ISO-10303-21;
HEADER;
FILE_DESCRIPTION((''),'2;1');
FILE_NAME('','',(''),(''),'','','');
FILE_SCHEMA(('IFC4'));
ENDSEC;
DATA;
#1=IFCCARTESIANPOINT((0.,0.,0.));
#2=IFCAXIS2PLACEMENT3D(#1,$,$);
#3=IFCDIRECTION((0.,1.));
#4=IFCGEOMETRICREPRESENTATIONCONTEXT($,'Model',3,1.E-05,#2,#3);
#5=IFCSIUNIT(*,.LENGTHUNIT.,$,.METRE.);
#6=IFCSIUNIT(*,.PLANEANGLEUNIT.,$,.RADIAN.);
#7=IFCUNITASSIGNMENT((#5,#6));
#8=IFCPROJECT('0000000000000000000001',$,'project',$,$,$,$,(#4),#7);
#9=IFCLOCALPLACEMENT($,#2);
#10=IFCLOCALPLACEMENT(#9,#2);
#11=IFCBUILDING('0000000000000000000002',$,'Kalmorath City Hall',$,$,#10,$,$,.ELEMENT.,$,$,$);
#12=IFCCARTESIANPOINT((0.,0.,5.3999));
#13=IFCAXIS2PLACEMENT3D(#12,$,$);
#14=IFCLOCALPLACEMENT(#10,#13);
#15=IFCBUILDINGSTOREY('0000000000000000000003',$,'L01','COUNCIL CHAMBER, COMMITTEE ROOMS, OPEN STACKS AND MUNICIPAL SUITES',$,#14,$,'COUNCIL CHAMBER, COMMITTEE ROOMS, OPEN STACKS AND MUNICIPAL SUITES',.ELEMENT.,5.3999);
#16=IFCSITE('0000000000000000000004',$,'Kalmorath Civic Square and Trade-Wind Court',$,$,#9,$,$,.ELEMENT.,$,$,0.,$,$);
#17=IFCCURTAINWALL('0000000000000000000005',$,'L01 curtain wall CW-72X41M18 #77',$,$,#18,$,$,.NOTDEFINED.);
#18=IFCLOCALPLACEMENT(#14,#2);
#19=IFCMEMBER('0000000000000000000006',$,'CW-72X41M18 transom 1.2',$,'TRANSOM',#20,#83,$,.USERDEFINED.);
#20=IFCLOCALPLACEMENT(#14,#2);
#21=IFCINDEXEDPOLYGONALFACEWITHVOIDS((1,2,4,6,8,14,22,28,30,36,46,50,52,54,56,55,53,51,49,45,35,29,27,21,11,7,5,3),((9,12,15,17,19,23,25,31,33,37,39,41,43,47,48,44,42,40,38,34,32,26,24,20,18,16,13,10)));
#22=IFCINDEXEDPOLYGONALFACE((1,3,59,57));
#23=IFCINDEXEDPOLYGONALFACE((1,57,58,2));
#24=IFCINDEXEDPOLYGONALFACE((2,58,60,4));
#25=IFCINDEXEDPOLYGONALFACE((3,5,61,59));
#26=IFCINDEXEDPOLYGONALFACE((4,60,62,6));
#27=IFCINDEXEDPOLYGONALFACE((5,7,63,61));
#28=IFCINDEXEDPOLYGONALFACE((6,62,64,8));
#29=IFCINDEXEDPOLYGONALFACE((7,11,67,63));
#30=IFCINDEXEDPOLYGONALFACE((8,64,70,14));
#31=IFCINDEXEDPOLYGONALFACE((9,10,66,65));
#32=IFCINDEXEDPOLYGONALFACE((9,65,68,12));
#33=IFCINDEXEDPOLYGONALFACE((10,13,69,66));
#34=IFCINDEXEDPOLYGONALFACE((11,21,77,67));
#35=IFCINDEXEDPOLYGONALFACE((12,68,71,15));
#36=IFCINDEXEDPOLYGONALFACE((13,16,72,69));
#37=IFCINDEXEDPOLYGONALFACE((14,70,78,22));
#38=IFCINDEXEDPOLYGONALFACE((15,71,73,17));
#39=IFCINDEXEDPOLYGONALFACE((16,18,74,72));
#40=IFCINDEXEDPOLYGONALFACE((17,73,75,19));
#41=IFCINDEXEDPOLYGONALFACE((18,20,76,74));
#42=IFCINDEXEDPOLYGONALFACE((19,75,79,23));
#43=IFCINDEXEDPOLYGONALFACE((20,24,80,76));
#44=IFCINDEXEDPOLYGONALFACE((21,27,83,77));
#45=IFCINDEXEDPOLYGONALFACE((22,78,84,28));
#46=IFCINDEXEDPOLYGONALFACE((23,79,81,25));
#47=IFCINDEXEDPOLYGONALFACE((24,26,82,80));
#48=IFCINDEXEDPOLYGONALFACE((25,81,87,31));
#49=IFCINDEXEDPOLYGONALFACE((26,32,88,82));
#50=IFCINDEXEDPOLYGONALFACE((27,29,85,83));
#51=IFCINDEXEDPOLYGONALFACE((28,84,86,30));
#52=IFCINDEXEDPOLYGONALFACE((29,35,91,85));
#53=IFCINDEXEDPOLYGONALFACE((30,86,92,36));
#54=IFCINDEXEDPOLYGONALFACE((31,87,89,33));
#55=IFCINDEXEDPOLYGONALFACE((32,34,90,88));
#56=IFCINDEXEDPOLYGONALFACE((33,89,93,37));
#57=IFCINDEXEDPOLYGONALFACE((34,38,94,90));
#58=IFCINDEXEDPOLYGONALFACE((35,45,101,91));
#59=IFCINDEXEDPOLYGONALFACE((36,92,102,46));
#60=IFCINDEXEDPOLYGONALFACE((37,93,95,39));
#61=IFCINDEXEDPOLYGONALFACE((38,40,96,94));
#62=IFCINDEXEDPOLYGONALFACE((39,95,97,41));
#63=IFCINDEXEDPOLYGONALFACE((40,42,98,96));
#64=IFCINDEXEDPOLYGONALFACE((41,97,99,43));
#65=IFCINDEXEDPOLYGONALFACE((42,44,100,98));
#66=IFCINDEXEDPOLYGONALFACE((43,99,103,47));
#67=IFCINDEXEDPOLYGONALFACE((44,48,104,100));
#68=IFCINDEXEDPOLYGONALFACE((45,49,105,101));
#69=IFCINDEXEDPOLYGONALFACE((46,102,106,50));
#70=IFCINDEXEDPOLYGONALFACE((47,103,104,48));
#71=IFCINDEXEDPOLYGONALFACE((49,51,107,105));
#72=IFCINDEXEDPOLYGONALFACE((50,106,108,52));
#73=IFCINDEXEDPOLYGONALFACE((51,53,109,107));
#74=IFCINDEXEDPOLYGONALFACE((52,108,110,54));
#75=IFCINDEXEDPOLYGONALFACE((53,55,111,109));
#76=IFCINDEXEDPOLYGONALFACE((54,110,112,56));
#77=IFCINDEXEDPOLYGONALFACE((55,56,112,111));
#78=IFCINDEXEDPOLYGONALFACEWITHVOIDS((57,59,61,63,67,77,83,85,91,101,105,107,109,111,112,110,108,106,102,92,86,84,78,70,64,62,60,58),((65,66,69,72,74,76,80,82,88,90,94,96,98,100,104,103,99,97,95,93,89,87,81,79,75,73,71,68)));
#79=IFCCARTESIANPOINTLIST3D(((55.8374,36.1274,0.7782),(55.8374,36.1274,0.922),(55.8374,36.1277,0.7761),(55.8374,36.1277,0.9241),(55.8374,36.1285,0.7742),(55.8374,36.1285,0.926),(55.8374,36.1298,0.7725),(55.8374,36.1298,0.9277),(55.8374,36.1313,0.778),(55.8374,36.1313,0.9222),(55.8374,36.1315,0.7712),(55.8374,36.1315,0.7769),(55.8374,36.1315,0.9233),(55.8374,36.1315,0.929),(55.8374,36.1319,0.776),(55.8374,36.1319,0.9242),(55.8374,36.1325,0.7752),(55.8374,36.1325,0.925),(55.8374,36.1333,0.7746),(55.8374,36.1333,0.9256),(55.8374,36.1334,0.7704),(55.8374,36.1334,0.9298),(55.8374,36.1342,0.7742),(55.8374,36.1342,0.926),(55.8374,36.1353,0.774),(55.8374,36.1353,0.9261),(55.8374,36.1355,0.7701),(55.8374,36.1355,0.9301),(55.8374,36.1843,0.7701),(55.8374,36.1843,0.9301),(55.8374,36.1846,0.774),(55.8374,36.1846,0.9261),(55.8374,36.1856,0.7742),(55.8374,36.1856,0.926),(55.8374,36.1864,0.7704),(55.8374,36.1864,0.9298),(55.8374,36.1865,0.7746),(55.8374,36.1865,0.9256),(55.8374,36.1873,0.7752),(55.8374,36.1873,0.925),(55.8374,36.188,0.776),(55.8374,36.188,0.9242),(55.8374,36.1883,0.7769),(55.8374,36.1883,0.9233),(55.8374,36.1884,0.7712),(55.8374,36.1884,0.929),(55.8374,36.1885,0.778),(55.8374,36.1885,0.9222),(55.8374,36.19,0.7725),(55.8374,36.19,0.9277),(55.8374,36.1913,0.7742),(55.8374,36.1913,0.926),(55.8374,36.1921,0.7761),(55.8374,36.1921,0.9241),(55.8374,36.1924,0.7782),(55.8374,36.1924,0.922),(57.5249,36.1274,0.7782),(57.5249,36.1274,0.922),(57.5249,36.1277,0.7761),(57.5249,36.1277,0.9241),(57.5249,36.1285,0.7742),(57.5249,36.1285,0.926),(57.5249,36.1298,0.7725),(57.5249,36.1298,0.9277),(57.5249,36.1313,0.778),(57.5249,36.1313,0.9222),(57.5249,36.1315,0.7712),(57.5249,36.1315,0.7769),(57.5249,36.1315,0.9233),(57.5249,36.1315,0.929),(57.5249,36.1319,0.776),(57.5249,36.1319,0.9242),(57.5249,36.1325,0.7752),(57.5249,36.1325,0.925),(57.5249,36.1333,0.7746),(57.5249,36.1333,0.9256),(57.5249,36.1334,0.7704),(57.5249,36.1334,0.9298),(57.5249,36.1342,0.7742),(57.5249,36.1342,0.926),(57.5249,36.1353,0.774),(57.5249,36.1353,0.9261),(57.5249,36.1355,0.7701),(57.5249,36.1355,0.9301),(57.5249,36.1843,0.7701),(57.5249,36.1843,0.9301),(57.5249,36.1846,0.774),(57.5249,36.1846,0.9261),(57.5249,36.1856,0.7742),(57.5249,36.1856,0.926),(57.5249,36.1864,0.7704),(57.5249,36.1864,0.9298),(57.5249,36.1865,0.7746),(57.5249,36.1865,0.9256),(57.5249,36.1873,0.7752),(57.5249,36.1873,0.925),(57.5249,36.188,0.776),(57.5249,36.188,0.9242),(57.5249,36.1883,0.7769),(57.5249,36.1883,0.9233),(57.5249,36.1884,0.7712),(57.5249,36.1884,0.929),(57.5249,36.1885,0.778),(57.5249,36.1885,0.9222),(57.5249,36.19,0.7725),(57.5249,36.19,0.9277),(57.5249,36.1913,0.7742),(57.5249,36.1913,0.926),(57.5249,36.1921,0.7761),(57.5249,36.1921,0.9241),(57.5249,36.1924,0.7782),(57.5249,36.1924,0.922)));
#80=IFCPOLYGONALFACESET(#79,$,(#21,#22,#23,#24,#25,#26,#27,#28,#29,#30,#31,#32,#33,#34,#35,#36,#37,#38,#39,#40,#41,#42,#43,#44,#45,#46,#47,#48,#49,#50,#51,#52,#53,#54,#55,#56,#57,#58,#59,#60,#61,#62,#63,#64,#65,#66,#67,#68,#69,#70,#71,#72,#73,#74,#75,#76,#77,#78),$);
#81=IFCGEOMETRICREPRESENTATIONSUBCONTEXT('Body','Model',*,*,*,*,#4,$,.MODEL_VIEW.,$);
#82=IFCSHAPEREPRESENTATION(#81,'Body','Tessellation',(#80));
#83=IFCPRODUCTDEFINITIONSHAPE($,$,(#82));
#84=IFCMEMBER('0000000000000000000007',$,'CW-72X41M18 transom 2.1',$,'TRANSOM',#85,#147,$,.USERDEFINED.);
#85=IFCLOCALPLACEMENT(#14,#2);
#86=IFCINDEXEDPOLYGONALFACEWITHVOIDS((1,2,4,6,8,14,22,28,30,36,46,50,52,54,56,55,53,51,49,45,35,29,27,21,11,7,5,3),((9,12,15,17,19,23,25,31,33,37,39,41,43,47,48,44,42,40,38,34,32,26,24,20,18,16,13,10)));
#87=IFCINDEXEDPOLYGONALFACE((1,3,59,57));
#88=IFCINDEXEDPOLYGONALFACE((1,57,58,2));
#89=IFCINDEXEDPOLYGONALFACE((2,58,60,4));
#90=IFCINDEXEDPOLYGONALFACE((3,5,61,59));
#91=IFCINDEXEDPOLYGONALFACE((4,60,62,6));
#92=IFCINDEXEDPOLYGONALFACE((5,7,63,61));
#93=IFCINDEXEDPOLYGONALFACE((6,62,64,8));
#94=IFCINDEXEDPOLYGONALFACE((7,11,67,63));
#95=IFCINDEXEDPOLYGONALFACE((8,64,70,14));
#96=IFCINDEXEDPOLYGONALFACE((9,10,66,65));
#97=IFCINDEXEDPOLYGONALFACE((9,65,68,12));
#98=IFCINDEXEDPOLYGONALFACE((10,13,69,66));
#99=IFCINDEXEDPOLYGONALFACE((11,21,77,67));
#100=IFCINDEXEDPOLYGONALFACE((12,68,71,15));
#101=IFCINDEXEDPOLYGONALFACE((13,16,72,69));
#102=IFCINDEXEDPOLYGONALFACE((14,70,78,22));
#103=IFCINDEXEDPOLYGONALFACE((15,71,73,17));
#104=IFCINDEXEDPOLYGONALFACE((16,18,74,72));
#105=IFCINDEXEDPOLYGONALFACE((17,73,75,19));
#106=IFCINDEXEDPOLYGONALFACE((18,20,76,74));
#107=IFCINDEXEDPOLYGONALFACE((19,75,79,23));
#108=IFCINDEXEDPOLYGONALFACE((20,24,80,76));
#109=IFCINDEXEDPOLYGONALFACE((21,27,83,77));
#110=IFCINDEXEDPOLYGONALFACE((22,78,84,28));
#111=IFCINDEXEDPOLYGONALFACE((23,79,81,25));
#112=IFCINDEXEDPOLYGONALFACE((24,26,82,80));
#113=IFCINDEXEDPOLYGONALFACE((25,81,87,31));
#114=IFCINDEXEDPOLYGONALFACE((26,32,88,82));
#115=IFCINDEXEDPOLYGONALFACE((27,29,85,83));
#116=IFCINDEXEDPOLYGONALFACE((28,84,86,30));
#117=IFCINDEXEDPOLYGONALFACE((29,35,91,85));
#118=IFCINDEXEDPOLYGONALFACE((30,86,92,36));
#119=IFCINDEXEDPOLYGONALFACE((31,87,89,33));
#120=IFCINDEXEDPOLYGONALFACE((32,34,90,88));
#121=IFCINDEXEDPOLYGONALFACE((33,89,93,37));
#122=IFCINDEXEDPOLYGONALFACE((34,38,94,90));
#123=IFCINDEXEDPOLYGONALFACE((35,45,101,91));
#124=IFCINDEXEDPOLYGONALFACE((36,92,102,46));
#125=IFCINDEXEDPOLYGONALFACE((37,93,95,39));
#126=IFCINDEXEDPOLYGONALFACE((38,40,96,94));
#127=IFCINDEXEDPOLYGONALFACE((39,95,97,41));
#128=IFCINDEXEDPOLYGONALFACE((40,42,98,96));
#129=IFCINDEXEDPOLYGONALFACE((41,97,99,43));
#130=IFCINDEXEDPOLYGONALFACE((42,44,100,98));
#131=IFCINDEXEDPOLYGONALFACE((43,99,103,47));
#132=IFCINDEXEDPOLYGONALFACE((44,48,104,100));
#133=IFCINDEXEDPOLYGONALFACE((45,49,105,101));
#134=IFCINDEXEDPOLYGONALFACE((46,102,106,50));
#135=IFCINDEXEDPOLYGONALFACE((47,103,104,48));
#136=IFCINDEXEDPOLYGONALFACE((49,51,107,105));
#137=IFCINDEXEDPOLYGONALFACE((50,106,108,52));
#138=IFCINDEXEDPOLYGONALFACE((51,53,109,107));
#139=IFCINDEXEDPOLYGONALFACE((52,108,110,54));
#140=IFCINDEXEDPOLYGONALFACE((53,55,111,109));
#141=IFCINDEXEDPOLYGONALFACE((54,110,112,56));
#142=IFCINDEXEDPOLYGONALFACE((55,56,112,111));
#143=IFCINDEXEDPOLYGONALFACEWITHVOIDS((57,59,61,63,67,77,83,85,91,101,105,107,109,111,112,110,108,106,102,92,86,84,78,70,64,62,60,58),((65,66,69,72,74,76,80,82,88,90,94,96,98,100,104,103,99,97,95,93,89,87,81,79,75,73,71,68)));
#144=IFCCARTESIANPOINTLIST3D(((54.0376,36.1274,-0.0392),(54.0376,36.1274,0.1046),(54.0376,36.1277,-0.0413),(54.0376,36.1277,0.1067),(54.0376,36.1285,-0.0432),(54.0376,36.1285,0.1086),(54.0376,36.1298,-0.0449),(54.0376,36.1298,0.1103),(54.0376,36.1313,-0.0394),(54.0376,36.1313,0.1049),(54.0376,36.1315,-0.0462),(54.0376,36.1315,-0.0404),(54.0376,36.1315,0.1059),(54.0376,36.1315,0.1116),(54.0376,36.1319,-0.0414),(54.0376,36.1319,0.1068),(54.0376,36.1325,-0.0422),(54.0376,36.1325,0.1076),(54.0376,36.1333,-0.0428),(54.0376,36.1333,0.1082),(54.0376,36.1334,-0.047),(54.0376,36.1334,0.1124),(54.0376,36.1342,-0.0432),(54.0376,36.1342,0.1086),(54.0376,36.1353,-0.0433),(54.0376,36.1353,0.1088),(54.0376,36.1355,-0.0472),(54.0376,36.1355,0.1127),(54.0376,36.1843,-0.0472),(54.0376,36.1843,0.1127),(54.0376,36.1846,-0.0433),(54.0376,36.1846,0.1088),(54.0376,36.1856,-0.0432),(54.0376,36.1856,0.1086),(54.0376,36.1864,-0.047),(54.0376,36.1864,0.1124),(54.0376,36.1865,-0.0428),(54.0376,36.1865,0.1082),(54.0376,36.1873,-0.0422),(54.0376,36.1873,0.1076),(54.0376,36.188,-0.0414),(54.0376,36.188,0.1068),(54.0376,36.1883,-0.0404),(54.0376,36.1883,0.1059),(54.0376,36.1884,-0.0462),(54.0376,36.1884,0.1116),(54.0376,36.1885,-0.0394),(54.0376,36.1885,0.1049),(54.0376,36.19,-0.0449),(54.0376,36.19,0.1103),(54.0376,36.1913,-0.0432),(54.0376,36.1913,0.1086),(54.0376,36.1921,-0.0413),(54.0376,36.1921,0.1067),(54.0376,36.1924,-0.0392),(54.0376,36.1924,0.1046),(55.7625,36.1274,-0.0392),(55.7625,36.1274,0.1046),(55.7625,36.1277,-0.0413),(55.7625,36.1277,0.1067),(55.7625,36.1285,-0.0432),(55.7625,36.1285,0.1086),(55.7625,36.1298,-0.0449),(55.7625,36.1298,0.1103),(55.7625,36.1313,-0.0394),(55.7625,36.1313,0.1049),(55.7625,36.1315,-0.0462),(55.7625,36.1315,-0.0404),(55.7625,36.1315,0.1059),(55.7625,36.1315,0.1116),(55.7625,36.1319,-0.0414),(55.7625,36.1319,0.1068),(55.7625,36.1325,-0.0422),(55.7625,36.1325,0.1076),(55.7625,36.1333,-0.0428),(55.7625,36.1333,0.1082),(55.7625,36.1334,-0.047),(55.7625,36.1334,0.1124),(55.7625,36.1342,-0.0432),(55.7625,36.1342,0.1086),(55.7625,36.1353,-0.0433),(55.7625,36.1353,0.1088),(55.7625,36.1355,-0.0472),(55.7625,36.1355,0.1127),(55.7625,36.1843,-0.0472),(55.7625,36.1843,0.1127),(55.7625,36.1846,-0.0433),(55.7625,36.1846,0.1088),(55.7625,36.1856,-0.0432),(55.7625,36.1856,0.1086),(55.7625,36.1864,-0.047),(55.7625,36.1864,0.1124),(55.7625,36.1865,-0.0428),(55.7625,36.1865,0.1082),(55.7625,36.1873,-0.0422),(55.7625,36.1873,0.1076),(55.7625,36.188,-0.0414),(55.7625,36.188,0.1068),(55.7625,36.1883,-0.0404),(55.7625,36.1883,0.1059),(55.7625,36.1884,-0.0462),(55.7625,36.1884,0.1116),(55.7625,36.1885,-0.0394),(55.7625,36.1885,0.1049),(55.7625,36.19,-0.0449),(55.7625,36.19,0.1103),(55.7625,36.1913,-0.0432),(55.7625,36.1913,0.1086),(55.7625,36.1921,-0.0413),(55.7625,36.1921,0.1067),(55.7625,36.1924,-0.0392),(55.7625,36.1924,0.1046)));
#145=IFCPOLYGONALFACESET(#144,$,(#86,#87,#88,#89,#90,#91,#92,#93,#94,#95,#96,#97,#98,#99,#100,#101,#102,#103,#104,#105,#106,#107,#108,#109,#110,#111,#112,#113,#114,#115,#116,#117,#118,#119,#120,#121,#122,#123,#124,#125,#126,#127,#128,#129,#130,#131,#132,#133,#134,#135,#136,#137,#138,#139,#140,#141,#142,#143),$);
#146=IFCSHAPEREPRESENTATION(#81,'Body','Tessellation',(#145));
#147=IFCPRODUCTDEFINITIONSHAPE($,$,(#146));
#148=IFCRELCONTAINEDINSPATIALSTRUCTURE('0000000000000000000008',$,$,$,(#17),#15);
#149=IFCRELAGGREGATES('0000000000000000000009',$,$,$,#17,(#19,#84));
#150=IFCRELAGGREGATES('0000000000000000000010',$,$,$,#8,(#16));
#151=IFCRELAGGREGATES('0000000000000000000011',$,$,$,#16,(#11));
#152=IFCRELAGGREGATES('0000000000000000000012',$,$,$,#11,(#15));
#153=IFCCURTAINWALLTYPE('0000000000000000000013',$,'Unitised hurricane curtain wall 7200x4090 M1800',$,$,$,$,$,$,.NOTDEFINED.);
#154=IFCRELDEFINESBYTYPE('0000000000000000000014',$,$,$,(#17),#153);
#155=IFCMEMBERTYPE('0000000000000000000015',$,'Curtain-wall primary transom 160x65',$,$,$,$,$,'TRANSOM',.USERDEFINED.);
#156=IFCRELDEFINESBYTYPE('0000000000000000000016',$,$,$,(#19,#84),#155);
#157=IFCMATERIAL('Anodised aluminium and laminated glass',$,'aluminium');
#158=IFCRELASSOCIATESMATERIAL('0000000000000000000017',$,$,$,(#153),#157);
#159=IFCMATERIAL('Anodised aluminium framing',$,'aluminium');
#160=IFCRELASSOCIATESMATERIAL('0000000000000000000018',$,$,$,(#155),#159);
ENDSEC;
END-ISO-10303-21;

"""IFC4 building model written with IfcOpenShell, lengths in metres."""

from ifc_helpers import new_model, si_unit, direction, frame, origin, origin_2d, place, context, subcontext, project, spatial, hollow_rectangle, extrude, material, material_profile, profile_set, type_object, element, aggregate, save


model = new_model("IFC4")

# Units and contexts
model_context = context("Model", 3, precision=1e-05, world=origin(), true_north=direction((0.0, 1.0)))
body_context = subcontext(model_context, "Body", "Model", "MODEL_VIEW")
ifc_project = project(units=[si_unit("LENGTHUNIT", "METRE"), si_unit("PLANEANGLEUNIT", "RADIAN")], contexts=[model_context])

# Site, building, storey
site_placement = place(None, origin())
site = spatial("IfcSite", under=ifc_project, at=site_placement, Name="Kalmorath Civic Square and Trade-Wind Court", CompositionType="ELEMENT", RefElevation=0.0)
building_placement = place(site_placement, origin())
building = spatial("IfcBuilding", under=site, at=building_placement, Name="Kalmorath City Hall", CompositionType="ELEMENT")
storey_placement = place(building_placement, frame((0.0, 0.0, 5.3999)))
storey = spatial("IfcBuildingStorey", under=building, at=storey_placement, Name="L01", Description="COUNCIL CHAMBER, COMMITTEE ROOMS, OPEN STACKS AND MUNICIPAL SUITES", LongName="COUNCIL CHAMBER, COMMITTEE ROOMS, OPEN STACKS AND MUNICIPAL SUITES", CompositionType="ELEMENT", Elevation=5.3999)

# Curtain wall, members
ifc_material_1 = material(Name="Anodised aluminium and laminated glass", Category="aluminium")
curtain_wall_type = type_object("IfcCurtainWallType", Name="Unitised hurricane curtain wall 7200x4090 M1800", PredefinedType="NOTDEFINED", material=ifc_material_1)
curtain_wall_placement = place(storey_placement, origin())
curtain_wall = element("IfcCurtainWall", 1, at=curtain_wall_placement, inside=storey, type_object=curtain_wall_type, Name="L01 curtain wall CW-72X41M18 #77", PredefinedType="NOTDEFINED")
ifc_material_2 = material(Name="Anodised aluminium framing", Category="aluminium")
ifc_material_profile_1 = material_profile(ifc_material_2, hollow_rectangle(XDim=0.0649, YDim=0.1599, WallThickness=0.0039, InnerFilletRadius=0.0039, OuterFilletRadius=0.0081, at=origin_2d()), Name="ALU-TRN-160X65X4")
ifc_profile_set_1 = profile_set([ifc_material_profile_1], Name="Anodised aluminium framing")
member_type_1 = type_object("IfcMemberType", Name="Curtain-wall primary transom 160x65", ElementType="TRANSOM", PredefinedType="USERDEFINED", material=ifc_profile_set_1)
member_1_placement = place(storey_placement, frame((57.5249, 36.1599, 0.8501), z_axis=(-1.0, 0.0, 0.0), x_axis=(0.0, -1.0, 0.0)))
member_1 = element("IfcMember", 2, at=member_1_placement, type_object=member_type_1, Name="CW-72X41M18 transom 1.2", ObjectType="TRANSOM", PredefinedType="USERDEFINED", context=body_context, shape_type="SweptSolid", body=[
    extrude(hollow_rectangle(XDim=0.0649, YDim=0.1599, WallThickness=0.0039, InnerFilletRadius=0.0039, OuterFilletRadius=0.0081, at=origin_2d()), origin(), (0.0, 0.0, 1.0), 1.6875),
])
member_2_placement = place(storey_placement, frame((55.7625, 36.1599, 0.0327), z_axis=(-1.0, 0.0, 0.0), x_axis=(0.0, -1.0, 0.0)))
member_2 = element("IfcMember", 3, at=member_2_placement, type_object=member_type_1, Name="CW-72X41M18 transom 2.1", ObjectType="TRANSOM", PredefinedType="USERDEFINED", context=body_context, shape_type="SweptSolid", body=[
    extrude(hollow_rectangle(XDim=0.0649, YDim=0.1599, WallThickness=0.0039, InnerFilletRadius=0.0039, OuterFilletRadius=0.0081, at=origin_2d()), origin(), (0.0, 0.0, 1.0), 1.7249),
])
aggregate(curtain_wall, [member_1, member_2])

save(model, "model.ifc")
